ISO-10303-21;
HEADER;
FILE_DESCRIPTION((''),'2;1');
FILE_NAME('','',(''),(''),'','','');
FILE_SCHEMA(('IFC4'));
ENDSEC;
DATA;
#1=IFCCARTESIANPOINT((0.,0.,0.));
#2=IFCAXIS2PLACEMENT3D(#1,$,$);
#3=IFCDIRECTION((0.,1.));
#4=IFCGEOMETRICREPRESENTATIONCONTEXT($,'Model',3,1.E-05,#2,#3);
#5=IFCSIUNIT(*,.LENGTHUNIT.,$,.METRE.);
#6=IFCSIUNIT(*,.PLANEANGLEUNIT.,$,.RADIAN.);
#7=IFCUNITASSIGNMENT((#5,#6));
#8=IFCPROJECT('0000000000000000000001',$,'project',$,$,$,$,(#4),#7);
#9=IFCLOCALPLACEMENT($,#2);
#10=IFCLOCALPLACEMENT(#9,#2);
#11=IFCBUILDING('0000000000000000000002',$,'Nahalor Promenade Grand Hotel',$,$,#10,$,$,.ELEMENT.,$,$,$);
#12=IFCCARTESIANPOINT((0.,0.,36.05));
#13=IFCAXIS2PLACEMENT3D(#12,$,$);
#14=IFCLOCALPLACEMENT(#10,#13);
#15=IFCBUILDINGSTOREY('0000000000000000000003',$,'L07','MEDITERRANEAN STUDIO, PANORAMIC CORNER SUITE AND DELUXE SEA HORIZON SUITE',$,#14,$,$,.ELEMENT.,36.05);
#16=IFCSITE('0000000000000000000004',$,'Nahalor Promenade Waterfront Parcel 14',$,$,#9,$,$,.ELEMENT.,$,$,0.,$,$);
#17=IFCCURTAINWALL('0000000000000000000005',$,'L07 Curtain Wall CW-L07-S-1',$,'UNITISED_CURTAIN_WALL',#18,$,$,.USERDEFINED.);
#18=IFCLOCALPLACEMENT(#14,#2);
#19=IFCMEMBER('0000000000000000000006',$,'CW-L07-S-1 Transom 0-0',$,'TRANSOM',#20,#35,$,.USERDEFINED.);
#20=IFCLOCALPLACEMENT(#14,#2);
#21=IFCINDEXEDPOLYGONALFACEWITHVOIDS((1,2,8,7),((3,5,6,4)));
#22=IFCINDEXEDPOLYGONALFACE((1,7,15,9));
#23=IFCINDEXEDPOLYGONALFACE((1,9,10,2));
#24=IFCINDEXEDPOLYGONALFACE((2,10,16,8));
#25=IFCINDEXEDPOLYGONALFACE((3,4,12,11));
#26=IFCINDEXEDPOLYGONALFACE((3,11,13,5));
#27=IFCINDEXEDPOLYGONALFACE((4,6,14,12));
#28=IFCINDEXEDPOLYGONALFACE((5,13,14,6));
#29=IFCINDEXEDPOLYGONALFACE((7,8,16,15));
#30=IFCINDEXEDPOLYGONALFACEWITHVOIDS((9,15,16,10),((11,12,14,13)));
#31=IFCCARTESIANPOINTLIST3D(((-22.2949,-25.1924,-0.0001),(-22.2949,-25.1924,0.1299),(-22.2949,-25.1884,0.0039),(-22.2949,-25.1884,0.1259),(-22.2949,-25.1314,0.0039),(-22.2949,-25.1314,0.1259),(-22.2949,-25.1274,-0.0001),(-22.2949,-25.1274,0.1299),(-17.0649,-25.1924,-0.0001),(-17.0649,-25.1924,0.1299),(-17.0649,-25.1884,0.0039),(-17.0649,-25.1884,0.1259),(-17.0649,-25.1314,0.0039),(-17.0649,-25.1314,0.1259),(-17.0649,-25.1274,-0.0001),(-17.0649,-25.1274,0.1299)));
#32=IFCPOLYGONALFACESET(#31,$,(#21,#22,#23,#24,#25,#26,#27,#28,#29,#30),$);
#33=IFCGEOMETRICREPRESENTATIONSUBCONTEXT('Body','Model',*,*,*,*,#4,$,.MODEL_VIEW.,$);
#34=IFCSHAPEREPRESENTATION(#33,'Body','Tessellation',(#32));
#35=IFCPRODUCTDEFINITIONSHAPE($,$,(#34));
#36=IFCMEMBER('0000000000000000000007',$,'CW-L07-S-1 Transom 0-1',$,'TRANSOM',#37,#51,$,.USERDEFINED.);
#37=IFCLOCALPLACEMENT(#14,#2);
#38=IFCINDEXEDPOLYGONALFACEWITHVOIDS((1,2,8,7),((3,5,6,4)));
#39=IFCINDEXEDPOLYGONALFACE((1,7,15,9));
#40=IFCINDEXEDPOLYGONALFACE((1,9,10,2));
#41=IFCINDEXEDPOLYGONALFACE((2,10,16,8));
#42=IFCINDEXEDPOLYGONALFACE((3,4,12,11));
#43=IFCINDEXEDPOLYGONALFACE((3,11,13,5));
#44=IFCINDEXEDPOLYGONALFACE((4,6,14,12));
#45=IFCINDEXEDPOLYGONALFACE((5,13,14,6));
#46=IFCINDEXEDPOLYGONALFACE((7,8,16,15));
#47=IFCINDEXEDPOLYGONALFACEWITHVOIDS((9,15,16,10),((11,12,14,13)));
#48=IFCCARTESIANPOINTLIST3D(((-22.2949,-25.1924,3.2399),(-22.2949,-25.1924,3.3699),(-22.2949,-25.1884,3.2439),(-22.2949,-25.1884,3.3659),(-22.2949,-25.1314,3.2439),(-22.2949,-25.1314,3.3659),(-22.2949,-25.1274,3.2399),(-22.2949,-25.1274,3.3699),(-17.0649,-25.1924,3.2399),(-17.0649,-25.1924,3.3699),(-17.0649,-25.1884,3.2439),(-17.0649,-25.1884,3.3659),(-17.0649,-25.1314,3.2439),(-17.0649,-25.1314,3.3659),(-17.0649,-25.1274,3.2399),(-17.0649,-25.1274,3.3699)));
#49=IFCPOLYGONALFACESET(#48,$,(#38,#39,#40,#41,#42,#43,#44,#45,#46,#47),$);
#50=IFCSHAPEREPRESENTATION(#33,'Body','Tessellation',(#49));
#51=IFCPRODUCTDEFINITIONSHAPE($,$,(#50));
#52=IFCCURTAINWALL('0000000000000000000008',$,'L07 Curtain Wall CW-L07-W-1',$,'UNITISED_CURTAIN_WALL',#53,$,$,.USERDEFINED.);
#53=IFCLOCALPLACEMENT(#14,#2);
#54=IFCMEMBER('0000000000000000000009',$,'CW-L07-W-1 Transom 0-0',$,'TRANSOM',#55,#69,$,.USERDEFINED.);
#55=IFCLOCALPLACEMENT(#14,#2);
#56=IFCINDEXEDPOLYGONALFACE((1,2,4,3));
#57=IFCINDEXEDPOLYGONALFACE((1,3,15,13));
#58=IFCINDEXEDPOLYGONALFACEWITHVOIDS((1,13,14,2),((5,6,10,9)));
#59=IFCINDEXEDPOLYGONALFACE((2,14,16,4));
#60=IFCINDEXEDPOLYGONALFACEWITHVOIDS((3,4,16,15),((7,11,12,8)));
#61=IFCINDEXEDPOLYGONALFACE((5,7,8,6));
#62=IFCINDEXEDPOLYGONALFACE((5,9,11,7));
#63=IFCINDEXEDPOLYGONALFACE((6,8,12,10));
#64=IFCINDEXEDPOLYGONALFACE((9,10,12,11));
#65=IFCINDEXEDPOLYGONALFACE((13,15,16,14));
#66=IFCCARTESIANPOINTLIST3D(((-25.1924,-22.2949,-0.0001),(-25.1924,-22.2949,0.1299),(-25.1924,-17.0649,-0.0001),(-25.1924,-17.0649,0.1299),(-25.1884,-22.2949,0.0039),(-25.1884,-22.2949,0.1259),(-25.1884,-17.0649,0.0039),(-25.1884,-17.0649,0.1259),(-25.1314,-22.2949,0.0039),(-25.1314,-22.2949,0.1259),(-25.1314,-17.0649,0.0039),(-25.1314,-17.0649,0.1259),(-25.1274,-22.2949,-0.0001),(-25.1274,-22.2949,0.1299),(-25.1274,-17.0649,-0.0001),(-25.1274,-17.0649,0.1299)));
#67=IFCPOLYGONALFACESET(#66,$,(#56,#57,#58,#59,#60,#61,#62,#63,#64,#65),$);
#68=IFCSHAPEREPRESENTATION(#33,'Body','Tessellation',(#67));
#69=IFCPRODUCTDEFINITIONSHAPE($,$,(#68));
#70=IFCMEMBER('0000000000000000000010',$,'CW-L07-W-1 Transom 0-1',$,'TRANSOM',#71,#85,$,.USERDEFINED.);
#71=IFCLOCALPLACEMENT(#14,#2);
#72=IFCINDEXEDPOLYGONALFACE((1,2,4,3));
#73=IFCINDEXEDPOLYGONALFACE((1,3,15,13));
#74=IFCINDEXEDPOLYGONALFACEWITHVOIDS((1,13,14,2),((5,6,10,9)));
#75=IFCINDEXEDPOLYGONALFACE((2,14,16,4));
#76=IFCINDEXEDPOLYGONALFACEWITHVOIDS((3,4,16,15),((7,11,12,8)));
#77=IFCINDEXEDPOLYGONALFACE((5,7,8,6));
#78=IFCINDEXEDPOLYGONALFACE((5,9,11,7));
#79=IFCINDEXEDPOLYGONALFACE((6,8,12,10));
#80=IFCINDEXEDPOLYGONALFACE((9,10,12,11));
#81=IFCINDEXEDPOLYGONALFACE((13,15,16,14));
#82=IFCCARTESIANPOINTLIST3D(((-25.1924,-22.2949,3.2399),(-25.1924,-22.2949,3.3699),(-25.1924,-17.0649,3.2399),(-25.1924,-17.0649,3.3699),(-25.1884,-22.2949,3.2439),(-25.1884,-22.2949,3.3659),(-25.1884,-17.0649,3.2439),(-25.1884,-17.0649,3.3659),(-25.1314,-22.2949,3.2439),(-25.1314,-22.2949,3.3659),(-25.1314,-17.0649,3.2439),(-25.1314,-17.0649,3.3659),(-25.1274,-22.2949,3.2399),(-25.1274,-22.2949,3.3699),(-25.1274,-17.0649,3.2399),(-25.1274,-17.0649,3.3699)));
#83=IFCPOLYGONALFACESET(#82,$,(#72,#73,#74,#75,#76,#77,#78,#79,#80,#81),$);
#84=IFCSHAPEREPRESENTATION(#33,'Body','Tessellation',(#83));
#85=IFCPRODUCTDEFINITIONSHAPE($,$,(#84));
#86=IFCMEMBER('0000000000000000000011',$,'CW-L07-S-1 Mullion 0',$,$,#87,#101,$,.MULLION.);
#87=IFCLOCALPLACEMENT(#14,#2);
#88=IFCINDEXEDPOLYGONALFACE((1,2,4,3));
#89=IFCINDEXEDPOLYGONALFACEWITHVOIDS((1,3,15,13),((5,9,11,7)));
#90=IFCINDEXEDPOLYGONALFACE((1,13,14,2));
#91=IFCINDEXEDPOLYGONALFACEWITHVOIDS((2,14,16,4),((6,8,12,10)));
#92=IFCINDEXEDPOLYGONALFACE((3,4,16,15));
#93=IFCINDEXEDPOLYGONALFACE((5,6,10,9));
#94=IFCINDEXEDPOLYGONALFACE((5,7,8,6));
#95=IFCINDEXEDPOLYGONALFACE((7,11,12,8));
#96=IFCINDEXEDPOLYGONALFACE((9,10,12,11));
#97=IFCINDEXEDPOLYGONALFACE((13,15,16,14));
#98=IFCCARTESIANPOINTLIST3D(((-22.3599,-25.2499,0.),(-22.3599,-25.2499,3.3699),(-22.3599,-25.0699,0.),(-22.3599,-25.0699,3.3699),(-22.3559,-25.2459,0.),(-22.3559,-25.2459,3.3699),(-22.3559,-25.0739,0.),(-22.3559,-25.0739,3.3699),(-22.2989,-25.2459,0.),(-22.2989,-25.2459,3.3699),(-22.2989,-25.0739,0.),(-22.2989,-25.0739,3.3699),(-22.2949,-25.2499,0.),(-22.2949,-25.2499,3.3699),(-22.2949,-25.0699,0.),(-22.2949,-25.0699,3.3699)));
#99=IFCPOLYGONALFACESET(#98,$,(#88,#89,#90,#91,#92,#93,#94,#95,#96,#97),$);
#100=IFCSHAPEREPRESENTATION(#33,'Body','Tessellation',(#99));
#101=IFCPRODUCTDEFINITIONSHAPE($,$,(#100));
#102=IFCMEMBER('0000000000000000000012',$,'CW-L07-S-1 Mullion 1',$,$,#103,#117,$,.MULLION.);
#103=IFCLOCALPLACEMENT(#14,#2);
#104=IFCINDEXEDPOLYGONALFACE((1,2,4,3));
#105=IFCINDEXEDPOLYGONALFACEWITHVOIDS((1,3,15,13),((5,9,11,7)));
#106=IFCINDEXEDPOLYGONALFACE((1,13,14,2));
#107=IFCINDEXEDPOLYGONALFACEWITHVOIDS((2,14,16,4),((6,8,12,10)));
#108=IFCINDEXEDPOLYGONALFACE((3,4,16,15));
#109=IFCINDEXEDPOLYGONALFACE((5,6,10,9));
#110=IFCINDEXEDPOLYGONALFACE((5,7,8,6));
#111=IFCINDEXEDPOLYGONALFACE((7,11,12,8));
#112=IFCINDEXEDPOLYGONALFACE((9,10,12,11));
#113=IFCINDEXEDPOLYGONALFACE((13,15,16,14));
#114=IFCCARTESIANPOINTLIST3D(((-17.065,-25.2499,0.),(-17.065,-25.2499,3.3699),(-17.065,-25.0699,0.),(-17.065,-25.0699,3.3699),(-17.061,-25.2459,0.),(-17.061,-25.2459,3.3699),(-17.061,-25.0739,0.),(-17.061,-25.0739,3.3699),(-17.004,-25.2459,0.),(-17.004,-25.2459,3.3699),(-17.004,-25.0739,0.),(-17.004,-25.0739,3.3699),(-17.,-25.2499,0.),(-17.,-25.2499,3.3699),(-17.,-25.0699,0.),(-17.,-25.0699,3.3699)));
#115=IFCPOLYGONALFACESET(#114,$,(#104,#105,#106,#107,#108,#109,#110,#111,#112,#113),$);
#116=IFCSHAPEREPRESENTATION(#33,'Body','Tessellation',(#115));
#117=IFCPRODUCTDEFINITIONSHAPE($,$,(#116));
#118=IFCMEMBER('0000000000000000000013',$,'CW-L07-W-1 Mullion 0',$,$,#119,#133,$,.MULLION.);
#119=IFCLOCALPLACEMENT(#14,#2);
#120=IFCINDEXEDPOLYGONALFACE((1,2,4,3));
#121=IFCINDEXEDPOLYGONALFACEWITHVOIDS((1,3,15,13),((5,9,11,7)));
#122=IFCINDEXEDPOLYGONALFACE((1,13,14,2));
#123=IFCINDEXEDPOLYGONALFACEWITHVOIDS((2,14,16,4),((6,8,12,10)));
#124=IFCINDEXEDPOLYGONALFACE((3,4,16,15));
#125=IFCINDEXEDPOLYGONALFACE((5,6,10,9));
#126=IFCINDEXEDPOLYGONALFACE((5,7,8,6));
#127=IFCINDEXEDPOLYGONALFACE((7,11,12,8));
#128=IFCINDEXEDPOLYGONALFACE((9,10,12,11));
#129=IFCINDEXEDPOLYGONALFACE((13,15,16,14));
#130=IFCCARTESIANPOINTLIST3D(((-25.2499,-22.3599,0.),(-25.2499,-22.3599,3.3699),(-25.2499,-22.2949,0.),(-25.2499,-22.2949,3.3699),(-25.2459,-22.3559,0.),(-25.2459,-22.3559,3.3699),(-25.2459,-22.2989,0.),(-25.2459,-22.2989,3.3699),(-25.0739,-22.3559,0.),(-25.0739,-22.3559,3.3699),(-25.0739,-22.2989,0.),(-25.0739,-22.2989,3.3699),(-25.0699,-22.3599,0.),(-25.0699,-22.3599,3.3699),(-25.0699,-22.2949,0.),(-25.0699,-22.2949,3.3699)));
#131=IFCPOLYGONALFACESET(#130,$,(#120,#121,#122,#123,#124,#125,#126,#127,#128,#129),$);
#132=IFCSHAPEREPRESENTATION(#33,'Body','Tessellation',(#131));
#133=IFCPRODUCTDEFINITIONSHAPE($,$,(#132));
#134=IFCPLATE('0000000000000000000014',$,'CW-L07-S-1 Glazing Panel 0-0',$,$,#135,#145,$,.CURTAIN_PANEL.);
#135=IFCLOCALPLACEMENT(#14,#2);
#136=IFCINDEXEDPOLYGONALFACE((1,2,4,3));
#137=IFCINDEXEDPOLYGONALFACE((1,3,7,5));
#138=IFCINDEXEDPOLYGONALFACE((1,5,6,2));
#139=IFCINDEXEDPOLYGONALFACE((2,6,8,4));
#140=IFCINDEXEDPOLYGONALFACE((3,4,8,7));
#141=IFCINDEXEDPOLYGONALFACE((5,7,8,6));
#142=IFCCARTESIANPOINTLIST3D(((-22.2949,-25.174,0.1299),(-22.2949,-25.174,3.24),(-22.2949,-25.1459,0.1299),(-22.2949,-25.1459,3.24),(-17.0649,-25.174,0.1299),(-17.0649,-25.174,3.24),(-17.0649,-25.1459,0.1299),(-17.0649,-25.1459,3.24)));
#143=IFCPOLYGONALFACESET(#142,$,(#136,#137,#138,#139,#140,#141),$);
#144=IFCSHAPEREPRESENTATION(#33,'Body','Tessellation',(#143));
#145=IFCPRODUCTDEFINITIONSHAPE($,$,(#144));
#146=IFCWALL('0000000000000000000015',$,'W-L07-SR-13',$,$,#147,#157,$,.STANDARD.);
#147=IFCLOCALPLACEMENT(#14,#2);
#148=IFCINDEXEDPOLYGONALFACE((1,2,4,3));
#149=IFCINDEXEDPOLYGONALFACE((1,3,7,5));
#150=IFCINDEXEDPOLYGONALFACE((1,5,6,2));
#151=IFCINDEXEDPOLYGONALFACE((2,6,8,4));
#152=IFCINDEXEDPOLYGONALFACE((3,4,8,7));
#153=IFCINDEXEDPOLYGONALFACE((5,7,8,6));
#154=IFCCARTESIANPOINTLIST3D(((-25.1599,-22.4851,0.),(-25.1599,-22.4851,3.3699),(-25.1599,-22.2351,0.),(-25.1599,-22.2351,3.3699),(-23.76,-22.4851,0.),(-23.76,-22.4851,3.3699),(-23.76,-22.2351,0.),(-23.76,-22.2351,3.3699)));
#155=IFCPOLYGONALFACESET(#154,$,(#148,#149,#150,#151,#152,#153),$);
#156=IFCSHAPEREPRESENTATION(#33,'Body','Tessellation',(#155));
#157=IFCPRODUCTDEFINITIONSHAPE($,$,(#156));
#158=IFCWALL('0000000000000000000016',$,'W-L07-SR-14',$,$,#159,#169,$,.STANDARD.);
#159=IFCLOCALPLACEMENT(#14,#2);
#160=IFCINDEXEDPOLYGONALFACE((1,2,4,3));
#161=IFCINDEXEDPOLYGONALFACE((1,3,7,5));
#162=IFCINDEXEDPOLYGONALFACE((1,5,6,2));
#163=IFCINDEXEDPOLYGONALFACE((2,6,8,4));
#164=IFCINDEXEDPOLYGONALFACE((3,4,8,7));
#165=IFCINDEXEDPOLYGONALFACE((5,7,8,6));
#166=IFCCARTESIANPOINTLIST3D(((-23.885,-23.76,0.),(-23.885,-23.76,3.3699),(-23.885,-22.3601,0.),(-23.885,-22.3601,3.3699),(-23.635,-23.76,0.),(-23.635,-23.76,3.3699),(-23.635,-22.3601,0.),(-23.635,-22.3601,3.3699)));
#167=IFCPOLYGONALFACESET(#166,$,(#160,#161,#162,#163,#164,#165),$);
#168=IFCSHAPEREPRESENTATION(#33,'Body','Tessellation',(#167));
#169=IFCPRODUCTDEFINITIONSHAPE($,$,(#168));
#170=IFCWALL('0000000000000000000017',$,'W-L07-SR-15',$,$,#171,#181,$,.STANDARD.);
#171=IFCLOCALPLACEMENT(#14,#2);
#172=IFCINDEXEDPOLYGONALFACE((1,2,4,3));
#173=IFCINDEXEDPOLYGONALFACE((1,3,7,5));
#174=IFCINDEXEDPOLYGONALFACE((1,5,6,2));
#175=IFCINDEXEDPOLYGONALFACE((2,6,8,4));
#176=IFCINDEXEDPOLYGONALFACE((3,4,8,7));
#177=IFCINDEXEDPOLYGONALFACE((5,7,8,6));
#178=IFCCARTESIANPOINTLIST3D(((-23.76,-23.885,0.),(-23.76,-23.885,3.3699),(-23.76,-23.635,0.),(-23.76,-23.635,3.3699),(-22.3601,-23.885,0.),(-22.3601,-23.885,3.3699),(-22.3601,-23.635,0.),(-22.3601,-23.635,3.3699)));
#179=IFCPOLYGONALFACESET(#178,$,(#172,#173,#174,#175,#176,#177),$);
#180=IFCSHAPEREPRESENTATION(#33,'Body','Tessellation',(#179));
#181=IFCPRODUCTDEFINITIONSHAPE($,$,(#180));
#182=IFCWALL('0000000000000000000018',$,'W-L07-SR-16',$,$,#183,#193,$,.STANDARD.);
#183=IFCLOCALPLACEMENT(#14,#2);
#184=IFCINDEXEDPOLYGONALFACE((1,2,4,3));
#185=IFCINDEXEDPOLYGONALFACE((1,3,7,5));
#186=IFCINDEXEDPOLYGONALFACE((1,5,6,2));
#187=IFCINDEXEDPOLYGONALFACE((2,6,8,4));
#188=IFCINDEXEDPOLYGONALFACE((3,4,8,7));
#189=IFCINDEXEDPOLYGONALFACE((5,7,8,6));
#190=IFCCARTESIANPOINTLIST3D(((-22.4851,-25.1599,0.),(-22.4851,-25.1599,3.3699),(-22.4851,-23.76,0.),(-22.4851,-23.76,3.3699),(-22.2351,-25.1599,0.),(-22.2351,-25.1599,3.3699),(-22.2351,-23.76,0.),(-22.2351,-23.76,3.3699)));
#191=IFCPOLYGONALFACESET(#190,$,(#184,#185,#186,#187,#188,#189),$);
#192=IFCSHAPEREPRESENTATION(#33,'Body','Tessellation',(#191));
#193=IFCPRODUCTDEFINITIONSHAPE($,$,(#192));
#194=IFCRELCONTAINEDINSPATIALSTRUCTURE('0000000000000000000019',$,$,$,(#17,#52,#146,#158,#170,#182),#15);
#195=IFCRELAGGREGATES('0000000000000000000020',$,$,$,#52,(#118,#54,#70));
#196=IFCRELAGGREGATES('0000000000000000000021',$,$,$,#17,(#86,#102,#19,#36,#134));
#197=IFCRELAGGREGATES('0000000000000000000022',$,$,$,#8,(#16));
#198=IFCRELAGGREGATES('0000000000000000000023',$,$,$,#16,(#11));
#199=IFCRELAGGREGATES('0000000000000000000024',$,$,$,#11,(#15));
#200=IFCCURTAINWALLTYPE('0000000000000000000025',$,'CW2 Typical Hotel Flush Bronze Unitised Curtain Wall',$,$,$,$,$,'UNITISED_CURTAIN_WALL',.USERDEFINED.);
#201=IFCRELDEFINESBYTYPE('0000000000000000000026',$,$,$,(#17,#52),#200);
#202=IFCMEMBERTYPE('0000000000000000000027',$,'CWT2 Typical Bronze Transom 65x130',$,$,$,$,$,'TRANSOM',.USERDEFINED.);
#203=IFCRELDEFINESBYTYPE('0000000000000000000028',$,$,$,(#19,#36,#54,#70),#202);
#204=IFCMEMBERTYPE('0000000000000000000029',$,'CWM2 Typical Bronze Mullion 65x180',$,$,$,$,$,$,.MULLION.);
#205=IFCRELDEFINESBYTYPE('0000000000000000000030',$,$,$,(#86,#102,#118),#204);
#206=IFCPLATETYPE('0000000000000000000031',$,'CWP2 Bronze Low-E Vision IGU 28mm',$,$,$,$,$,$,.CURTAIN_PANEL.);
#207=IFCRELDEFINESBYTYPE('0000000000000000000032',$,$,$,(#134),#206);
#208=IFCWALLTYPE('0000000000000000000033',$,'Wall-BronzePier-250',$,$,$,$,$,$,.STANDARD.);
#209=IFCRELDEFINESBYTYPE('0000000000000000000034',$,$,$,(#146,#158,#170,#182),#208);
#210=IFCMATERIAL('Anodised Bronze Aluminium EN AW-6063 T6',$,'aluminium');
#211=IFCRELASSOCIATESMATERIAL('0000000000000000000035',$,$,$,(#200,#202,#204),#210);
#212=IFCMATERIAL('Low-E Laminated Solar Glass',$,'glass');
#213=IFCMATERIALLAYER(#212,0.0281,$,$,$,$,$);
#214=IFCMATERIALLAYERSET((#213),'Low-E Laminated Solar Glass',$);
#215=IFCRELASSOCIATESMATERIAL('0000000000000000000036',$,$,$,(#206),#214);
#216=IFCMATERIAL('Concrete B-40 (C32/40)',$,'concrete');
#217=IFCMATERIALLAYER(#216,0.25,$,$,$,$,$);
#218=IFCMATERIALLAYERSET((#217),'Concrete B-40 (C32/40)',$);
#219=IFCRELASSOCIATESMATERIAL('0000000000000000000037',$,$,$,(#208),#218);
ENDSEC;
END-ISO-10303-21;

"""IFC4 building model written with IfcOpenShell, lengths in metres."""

from ifc_helpers import new_model, si_unit, direction, frame, frame_2d, origin, origin_2d, place, context, subcontext, project, spatial, rectangle, hollow_rectangle, extrude, source, transform, mapped, material, layer, layer_set, material_profile, profile_set, type_object, element, aggregate, save


model = new_model("IFC4")

# Units and contexts
model_context = context("Model", 3, precision=1e-05, world=origin(), true_north=direction((0.0, 1.0)))
body_context = subcontext(model_context, "Body", "Model", "MODEL_VIEW")
ifc_project = project(units=[si_unit("LENGTHUNIT", "METRE"), si_unit("PLANEANGLEUNIT", "RADIAN")], contexts=[model_context])

# Site, building, storey
site_placement = place(None, origin())
site = spatial("IfcSite", under=ifc_project, at=site_placement, Name="Nahalor Promenade Waterfront Parcel 14", CompositionType="ELEMENT", RefElevation=0.0)
building_placement = place(site_placement, origin())
building = spatial("IfcBuilding", under=site, at=building_placement, Name="Nahalor Promenade Grand Hotel", CompositionType="ELEMENT")
storey_placement = place(building_placement, frame((0.0, 0.0, 36.05)))
storey = spatial("IfcBuildingStorey", under=building, at=storey_placement, Name="L07", Description="MEDITERRANEAN STUDIO, PANORAMIC CORNER SUITE AND DELUXE SEA HORIZON SUITE", CompositionType="ELEMENT", Elevation=36.05)

# Curtain walls, members
ifc_material_1 = material(Name="Anodised Bronze Aluminium EN AW-6063 T6", Category="aluminium")
curtain_wall_type = type_object("IfcCurtainWallType", Name="CW2 Typical Hotel Flush Bronze Unitised Curtain Wall", ElementType="UNITISED_CURTAIN_WALL", PredefinedType="USERDEFINED", material=ifc_material_1)
curtain_wall_1_placement = place(storey_placement, origin())
curtain_wall_1 = element("IfcCurtainWall", 1, at=curtain_wall_1_placement, inside=storey, type_object=curtain_wall_type, Name="L07 Curtain Wall CW-L07-S-1", ObjectType="UNITISED_CURTAIN_WALL", PredefinedType="USERDEFINED")
ifc_material_profile_1 = material_profile(ifc_material_1, hollow_rectangle(XDim=0.065, YDim=0.13, WallThickness=0.004, at=origin_2d()), Name="CWT 65x130x4")
ifc_profile_set_1 = profile_set([ifc_material_profile_1], Name="Anodised Bronze Aluminium EN AW-6063 T6")
member_type_1 = type_object("IfcMemberType", Name="CWT2 Typical Bronze Transom 65x130", ElementType="TRANSOM", PredefinedType="USERDEFINED", material=ifc_profile_set_1)
shared_shape_1 = source(origin(), body_context, "Body", "SweptSolid", [
    extrude(hollow_rectangle(XDim=0.065, YDim=0.13, WallThickness=0.004, at=origin_2d()), origin(), (0.0, 0.0, 1.0), 5.23),
])
member_1_placement = place(storey_placement, frame((-22.2949, -25.1599, 0.0649), z_axis=(1.0, 0.0, 0.0), x_axis=(0.0, 1.0, 0.0)))
member_1 = element("IfcMember", 2, at=member_1_placement, type_object=member_type_1, Name="CW-L07-S-1 Transom 0-0", ObjectType="TRANSOM", PredefinedType="USERDEFINED", context=body_context, shape_type="MappedRepresentation", body=[
    mapped(shared_shape_1, transform((0.0, 0.0, 0.0), scale=1.0)),
])
member_2_placement = place(storey_placement, frame((-22.2949, -25.1599, 3.3049), z_axis=(1.0, 0.0, 0.0), x_axis=(0.0, 1.0, 0.0)))
member_2 = element("IfcMember", 3, at=member_2_placement, type_object=member_type_1, Name="CW-L07-S-1 Transom 0-1", ObjectType="TRANSOM", PredefinedType="USERDEFINED", context=body_context, shape_type="MappedRepresentation", body=[
    mapped(shared_shape_1, transform((0.0, 0.0, 0.0), scale=1.0)),
])
curtain_wall_2_placement = place(storey_placement, origin())
curtain_wall_2 = element("IfcCurtainWall", 4, at=curtain_wall_2_placement, inside=storey, type_object=curtain_wall_type, Name="L07 Curtain Wall CW-L07-W-1", ObjectType="UNITISED_CURTAIN_WALL", PredefinedType="USERDEFINED")
member_3_placement = place(storey_placement, frame((-25.1599, -22.2949, 0.0649), z_axis=(0.0, 1.0, 0.0), x_axis=(-1.0, 0.0, 0.0)))
member_3 = element("IfcMember", 5, at=member_3_placement, type_object=member_type_1, Name="CW-L07-W-1 Transom 0-0", ObjectType="TRANSOM", PredefinedType="USERDEFINED", context=body_context, shape_type="MappedRepresentation", body=[
    mapped(shared_shape_1, transform((0.0, 0.0, 0.0), scale=1.0)),
])
member_4_placement = place(storey_placement, frame((-25.1599, -22.2949, 3.3049), z_axis=(0.0, 1.0, 0.0), x_axis=(-1.0, 0.0, 0.0)))
member_4 = element("IfcMember", 6, at=member_4_placement, type_object=member_type_1, Name="CW-L07-W-1 Transom 0-1", ObjectType="TRANSOM", PredefinedType="USERDEFINED", context=body_context, shape_type="MappedRepresentation", body=[
    mapped(shared_shape_1, transform((0.0, 0.0, 0.0), scale=1.0)),
])

# Members
ifc_material_profile_2 = material_profile(ifc_material_1, hollow_rectangle(XDim=0.065, YDim=0.18, WallThickness=0.004, at=origin_2d()), Name="CWM 65x180x4")
ifc_profile_set_2 = profile_set([ifc_material_profile_2], Name="Anodised Bronze Aluminium EN AW-6063 T6")
member_type_2 = type_object("IfcMemberType", Name="CWM2 Typical Bronze Mullion 65x180", PredefinedType="MULLION", material=ifc_profile_set_2)
shared_shape_2 = source(origin(), body_context, "Body", "SweptSolid", [
    extrude(hollow_rectangle(XDim=0.065, YDim=0.18, WallThickness=0.004, at=origin_2d()), origin(), (0.0, 0.0, 1.0), 3.3699),
])
member_5_placement = place(storey_placement, frame((-22.3274, -25.1599, 0.0), z_axis=(0.0, 0.0, 1.0), x_axis=(1.0, 0.0, 0.0)))
member_5 = element("IfcMember", 7, at=member_5_placement, type_object=member_type_2, Name="CW-L07-S-1 Mullion 0", PredefinedType="MULLION", context=body_context, shape_type="MappedRepresentation", body=[
    mapped(shared_shape_2, transform((0.0, 0.0, 0.0), scale=1.0)),
])
member_6_placement = place(storey_placement, frame((-17.0325, -25.1599, 0.0), z_axis=(0.0, 0.0, 1.0), x_axis=(1.0, 0.0, 0.0)))
member_6 = element("IfcMember", 8, at=member_6_placement, type_object=member_type_2, Name="CW-L07-S-1 Mullion 1", PredefinedType="MULLION", context=body_context, shape_type="MappedRepresentation", body=[
    mapped(shared_shape_2, transform((0.0, 0.0, 0.0), scale=1.0)),
])
member_7_placement = place(storey_placement, frame((-25.1599, -22.3274, 0.0), z_axis=(0.0, 0.0, 1.0), x_axis=(0.0, 1.0, 0.0)))
member_7 = element("IfcMember", 9, at=member_7_placement, type_object=member_type_2, Name="CW-L07-W-1 Mullion 0", PredefinedType="MULLION", context=body_context, shape_type="MappedRepresentation", body=[
    mapped(shared_shape_2, transform((0.0, 0.0, 0.0), scale=1.0)),
])
aggregate(curtain_wall_2, [member_7, member_3, member_4])

# Plate
ifc_material_2 = material(Name="Low-E Laminated Solar Glass", Category="glass")
ifc_layer_1 = layer(ifc_material_2, 0.0281)
ifc_layer_set_1 = layer_set([ifc_layer_1], Name="Low-E Laminated Solar Glass")
plate_type = type_object("IfcPlateType", Name="CWP2 Bronze Low-E Vision IGU 28mm", PredefinedType="CURTAIN_PANEL", material=ifc_layer_set_1)
shared_shape_3 = source(origin(), body_context, "Body", "SweptSolid", [
    extrude(rectangle(XDim=5.23, YDim=0.0281, at=origin_2d()), origin(), (0.0, 0.0, 1.0), 3.1101),
])
plate_placement = place(storey_placement, frame((-19.6799, -25.1599, 0.1299), z_axis=(0.0, 0.0, 1.0), x_axis=(1.0, 0.0, 0.0)))
plate = element("IfcPlate", 10, at=plate_placement, type_object=plate_type, Name="CW-L07-S-1 Glazing Panel 0-0", PredefinedType="CURTAIN_PANEL", context=body_context, shape_type="MappedRepresentation", body=[
    mapped(shared_shape_3, transform((0.0, 0.0, 0.0), scale=1.0)),
])
aggregate(curtain_wall_1, [member_5, member_6, member_1, member_2, plate])

# Walls
ifc_material_3 = material(Name="Concrete B-40 (C32/40)", Category="concrete")
ifc_layer_2 = layer(ifc_material_3, 0.25)
ifc_layer_set_2 = layer_set([ifc_layer_2], Name="Concrete B-40 (C32/40)")
wall_type_1 = type_object("IfcWallType", Name="Wall-BronzePier-250", PredefinedType="STANDARD", material=ifc_layer_set_2)
shared_shape_4 = source(origin(), body_context, "Body", "SweptSolid", [
    extrude(rectangle(XDim=1.3999, YDim=0.25, at=frame_2d((0.7, 0.0))), origin(), (0.0, 0.0, 1.0), 3.3699),
])
for number, where, z_axis, x_axis, name in (
    (11, (-25.1599, -22.3601, 0.0), (0.0, 0.0, 1.0), (1.0, 0.0, 0.0), "W-L07-SR-13"),
    (12, (-23.76, -23.76, 0.0), (0.0, 0.0, 1.0), (0.0, 1.0, 0.0), "W-L07-SR-14"),
    (13, (-23.76, -23.76, 0.0), (0.0, 0.0, 1.0), (1.0, 0.0, 0.0), "W-L07-SR-15"),
    (14, (-22.3601, -25.1599, 0.0), (0.0, 0.0, 1.0), (0.0, 1.0, 0.0), "W-L07-SR-16"),
):
    element("IfcWall", number, at=place(storey_placement, frame(where, z_axis=z_axis, x_axis=x_axis)), inside=storey, type_object=wall_type_1, Name=name, PredefinedType="STANDARD", context=body_context, shape_type="MappedRepresentation", body=[
        mapped(shared_shape_4, transform((0.0, 0.0, 0.0), scale=1.0)),
    ])

save(model, "model.ifc")
